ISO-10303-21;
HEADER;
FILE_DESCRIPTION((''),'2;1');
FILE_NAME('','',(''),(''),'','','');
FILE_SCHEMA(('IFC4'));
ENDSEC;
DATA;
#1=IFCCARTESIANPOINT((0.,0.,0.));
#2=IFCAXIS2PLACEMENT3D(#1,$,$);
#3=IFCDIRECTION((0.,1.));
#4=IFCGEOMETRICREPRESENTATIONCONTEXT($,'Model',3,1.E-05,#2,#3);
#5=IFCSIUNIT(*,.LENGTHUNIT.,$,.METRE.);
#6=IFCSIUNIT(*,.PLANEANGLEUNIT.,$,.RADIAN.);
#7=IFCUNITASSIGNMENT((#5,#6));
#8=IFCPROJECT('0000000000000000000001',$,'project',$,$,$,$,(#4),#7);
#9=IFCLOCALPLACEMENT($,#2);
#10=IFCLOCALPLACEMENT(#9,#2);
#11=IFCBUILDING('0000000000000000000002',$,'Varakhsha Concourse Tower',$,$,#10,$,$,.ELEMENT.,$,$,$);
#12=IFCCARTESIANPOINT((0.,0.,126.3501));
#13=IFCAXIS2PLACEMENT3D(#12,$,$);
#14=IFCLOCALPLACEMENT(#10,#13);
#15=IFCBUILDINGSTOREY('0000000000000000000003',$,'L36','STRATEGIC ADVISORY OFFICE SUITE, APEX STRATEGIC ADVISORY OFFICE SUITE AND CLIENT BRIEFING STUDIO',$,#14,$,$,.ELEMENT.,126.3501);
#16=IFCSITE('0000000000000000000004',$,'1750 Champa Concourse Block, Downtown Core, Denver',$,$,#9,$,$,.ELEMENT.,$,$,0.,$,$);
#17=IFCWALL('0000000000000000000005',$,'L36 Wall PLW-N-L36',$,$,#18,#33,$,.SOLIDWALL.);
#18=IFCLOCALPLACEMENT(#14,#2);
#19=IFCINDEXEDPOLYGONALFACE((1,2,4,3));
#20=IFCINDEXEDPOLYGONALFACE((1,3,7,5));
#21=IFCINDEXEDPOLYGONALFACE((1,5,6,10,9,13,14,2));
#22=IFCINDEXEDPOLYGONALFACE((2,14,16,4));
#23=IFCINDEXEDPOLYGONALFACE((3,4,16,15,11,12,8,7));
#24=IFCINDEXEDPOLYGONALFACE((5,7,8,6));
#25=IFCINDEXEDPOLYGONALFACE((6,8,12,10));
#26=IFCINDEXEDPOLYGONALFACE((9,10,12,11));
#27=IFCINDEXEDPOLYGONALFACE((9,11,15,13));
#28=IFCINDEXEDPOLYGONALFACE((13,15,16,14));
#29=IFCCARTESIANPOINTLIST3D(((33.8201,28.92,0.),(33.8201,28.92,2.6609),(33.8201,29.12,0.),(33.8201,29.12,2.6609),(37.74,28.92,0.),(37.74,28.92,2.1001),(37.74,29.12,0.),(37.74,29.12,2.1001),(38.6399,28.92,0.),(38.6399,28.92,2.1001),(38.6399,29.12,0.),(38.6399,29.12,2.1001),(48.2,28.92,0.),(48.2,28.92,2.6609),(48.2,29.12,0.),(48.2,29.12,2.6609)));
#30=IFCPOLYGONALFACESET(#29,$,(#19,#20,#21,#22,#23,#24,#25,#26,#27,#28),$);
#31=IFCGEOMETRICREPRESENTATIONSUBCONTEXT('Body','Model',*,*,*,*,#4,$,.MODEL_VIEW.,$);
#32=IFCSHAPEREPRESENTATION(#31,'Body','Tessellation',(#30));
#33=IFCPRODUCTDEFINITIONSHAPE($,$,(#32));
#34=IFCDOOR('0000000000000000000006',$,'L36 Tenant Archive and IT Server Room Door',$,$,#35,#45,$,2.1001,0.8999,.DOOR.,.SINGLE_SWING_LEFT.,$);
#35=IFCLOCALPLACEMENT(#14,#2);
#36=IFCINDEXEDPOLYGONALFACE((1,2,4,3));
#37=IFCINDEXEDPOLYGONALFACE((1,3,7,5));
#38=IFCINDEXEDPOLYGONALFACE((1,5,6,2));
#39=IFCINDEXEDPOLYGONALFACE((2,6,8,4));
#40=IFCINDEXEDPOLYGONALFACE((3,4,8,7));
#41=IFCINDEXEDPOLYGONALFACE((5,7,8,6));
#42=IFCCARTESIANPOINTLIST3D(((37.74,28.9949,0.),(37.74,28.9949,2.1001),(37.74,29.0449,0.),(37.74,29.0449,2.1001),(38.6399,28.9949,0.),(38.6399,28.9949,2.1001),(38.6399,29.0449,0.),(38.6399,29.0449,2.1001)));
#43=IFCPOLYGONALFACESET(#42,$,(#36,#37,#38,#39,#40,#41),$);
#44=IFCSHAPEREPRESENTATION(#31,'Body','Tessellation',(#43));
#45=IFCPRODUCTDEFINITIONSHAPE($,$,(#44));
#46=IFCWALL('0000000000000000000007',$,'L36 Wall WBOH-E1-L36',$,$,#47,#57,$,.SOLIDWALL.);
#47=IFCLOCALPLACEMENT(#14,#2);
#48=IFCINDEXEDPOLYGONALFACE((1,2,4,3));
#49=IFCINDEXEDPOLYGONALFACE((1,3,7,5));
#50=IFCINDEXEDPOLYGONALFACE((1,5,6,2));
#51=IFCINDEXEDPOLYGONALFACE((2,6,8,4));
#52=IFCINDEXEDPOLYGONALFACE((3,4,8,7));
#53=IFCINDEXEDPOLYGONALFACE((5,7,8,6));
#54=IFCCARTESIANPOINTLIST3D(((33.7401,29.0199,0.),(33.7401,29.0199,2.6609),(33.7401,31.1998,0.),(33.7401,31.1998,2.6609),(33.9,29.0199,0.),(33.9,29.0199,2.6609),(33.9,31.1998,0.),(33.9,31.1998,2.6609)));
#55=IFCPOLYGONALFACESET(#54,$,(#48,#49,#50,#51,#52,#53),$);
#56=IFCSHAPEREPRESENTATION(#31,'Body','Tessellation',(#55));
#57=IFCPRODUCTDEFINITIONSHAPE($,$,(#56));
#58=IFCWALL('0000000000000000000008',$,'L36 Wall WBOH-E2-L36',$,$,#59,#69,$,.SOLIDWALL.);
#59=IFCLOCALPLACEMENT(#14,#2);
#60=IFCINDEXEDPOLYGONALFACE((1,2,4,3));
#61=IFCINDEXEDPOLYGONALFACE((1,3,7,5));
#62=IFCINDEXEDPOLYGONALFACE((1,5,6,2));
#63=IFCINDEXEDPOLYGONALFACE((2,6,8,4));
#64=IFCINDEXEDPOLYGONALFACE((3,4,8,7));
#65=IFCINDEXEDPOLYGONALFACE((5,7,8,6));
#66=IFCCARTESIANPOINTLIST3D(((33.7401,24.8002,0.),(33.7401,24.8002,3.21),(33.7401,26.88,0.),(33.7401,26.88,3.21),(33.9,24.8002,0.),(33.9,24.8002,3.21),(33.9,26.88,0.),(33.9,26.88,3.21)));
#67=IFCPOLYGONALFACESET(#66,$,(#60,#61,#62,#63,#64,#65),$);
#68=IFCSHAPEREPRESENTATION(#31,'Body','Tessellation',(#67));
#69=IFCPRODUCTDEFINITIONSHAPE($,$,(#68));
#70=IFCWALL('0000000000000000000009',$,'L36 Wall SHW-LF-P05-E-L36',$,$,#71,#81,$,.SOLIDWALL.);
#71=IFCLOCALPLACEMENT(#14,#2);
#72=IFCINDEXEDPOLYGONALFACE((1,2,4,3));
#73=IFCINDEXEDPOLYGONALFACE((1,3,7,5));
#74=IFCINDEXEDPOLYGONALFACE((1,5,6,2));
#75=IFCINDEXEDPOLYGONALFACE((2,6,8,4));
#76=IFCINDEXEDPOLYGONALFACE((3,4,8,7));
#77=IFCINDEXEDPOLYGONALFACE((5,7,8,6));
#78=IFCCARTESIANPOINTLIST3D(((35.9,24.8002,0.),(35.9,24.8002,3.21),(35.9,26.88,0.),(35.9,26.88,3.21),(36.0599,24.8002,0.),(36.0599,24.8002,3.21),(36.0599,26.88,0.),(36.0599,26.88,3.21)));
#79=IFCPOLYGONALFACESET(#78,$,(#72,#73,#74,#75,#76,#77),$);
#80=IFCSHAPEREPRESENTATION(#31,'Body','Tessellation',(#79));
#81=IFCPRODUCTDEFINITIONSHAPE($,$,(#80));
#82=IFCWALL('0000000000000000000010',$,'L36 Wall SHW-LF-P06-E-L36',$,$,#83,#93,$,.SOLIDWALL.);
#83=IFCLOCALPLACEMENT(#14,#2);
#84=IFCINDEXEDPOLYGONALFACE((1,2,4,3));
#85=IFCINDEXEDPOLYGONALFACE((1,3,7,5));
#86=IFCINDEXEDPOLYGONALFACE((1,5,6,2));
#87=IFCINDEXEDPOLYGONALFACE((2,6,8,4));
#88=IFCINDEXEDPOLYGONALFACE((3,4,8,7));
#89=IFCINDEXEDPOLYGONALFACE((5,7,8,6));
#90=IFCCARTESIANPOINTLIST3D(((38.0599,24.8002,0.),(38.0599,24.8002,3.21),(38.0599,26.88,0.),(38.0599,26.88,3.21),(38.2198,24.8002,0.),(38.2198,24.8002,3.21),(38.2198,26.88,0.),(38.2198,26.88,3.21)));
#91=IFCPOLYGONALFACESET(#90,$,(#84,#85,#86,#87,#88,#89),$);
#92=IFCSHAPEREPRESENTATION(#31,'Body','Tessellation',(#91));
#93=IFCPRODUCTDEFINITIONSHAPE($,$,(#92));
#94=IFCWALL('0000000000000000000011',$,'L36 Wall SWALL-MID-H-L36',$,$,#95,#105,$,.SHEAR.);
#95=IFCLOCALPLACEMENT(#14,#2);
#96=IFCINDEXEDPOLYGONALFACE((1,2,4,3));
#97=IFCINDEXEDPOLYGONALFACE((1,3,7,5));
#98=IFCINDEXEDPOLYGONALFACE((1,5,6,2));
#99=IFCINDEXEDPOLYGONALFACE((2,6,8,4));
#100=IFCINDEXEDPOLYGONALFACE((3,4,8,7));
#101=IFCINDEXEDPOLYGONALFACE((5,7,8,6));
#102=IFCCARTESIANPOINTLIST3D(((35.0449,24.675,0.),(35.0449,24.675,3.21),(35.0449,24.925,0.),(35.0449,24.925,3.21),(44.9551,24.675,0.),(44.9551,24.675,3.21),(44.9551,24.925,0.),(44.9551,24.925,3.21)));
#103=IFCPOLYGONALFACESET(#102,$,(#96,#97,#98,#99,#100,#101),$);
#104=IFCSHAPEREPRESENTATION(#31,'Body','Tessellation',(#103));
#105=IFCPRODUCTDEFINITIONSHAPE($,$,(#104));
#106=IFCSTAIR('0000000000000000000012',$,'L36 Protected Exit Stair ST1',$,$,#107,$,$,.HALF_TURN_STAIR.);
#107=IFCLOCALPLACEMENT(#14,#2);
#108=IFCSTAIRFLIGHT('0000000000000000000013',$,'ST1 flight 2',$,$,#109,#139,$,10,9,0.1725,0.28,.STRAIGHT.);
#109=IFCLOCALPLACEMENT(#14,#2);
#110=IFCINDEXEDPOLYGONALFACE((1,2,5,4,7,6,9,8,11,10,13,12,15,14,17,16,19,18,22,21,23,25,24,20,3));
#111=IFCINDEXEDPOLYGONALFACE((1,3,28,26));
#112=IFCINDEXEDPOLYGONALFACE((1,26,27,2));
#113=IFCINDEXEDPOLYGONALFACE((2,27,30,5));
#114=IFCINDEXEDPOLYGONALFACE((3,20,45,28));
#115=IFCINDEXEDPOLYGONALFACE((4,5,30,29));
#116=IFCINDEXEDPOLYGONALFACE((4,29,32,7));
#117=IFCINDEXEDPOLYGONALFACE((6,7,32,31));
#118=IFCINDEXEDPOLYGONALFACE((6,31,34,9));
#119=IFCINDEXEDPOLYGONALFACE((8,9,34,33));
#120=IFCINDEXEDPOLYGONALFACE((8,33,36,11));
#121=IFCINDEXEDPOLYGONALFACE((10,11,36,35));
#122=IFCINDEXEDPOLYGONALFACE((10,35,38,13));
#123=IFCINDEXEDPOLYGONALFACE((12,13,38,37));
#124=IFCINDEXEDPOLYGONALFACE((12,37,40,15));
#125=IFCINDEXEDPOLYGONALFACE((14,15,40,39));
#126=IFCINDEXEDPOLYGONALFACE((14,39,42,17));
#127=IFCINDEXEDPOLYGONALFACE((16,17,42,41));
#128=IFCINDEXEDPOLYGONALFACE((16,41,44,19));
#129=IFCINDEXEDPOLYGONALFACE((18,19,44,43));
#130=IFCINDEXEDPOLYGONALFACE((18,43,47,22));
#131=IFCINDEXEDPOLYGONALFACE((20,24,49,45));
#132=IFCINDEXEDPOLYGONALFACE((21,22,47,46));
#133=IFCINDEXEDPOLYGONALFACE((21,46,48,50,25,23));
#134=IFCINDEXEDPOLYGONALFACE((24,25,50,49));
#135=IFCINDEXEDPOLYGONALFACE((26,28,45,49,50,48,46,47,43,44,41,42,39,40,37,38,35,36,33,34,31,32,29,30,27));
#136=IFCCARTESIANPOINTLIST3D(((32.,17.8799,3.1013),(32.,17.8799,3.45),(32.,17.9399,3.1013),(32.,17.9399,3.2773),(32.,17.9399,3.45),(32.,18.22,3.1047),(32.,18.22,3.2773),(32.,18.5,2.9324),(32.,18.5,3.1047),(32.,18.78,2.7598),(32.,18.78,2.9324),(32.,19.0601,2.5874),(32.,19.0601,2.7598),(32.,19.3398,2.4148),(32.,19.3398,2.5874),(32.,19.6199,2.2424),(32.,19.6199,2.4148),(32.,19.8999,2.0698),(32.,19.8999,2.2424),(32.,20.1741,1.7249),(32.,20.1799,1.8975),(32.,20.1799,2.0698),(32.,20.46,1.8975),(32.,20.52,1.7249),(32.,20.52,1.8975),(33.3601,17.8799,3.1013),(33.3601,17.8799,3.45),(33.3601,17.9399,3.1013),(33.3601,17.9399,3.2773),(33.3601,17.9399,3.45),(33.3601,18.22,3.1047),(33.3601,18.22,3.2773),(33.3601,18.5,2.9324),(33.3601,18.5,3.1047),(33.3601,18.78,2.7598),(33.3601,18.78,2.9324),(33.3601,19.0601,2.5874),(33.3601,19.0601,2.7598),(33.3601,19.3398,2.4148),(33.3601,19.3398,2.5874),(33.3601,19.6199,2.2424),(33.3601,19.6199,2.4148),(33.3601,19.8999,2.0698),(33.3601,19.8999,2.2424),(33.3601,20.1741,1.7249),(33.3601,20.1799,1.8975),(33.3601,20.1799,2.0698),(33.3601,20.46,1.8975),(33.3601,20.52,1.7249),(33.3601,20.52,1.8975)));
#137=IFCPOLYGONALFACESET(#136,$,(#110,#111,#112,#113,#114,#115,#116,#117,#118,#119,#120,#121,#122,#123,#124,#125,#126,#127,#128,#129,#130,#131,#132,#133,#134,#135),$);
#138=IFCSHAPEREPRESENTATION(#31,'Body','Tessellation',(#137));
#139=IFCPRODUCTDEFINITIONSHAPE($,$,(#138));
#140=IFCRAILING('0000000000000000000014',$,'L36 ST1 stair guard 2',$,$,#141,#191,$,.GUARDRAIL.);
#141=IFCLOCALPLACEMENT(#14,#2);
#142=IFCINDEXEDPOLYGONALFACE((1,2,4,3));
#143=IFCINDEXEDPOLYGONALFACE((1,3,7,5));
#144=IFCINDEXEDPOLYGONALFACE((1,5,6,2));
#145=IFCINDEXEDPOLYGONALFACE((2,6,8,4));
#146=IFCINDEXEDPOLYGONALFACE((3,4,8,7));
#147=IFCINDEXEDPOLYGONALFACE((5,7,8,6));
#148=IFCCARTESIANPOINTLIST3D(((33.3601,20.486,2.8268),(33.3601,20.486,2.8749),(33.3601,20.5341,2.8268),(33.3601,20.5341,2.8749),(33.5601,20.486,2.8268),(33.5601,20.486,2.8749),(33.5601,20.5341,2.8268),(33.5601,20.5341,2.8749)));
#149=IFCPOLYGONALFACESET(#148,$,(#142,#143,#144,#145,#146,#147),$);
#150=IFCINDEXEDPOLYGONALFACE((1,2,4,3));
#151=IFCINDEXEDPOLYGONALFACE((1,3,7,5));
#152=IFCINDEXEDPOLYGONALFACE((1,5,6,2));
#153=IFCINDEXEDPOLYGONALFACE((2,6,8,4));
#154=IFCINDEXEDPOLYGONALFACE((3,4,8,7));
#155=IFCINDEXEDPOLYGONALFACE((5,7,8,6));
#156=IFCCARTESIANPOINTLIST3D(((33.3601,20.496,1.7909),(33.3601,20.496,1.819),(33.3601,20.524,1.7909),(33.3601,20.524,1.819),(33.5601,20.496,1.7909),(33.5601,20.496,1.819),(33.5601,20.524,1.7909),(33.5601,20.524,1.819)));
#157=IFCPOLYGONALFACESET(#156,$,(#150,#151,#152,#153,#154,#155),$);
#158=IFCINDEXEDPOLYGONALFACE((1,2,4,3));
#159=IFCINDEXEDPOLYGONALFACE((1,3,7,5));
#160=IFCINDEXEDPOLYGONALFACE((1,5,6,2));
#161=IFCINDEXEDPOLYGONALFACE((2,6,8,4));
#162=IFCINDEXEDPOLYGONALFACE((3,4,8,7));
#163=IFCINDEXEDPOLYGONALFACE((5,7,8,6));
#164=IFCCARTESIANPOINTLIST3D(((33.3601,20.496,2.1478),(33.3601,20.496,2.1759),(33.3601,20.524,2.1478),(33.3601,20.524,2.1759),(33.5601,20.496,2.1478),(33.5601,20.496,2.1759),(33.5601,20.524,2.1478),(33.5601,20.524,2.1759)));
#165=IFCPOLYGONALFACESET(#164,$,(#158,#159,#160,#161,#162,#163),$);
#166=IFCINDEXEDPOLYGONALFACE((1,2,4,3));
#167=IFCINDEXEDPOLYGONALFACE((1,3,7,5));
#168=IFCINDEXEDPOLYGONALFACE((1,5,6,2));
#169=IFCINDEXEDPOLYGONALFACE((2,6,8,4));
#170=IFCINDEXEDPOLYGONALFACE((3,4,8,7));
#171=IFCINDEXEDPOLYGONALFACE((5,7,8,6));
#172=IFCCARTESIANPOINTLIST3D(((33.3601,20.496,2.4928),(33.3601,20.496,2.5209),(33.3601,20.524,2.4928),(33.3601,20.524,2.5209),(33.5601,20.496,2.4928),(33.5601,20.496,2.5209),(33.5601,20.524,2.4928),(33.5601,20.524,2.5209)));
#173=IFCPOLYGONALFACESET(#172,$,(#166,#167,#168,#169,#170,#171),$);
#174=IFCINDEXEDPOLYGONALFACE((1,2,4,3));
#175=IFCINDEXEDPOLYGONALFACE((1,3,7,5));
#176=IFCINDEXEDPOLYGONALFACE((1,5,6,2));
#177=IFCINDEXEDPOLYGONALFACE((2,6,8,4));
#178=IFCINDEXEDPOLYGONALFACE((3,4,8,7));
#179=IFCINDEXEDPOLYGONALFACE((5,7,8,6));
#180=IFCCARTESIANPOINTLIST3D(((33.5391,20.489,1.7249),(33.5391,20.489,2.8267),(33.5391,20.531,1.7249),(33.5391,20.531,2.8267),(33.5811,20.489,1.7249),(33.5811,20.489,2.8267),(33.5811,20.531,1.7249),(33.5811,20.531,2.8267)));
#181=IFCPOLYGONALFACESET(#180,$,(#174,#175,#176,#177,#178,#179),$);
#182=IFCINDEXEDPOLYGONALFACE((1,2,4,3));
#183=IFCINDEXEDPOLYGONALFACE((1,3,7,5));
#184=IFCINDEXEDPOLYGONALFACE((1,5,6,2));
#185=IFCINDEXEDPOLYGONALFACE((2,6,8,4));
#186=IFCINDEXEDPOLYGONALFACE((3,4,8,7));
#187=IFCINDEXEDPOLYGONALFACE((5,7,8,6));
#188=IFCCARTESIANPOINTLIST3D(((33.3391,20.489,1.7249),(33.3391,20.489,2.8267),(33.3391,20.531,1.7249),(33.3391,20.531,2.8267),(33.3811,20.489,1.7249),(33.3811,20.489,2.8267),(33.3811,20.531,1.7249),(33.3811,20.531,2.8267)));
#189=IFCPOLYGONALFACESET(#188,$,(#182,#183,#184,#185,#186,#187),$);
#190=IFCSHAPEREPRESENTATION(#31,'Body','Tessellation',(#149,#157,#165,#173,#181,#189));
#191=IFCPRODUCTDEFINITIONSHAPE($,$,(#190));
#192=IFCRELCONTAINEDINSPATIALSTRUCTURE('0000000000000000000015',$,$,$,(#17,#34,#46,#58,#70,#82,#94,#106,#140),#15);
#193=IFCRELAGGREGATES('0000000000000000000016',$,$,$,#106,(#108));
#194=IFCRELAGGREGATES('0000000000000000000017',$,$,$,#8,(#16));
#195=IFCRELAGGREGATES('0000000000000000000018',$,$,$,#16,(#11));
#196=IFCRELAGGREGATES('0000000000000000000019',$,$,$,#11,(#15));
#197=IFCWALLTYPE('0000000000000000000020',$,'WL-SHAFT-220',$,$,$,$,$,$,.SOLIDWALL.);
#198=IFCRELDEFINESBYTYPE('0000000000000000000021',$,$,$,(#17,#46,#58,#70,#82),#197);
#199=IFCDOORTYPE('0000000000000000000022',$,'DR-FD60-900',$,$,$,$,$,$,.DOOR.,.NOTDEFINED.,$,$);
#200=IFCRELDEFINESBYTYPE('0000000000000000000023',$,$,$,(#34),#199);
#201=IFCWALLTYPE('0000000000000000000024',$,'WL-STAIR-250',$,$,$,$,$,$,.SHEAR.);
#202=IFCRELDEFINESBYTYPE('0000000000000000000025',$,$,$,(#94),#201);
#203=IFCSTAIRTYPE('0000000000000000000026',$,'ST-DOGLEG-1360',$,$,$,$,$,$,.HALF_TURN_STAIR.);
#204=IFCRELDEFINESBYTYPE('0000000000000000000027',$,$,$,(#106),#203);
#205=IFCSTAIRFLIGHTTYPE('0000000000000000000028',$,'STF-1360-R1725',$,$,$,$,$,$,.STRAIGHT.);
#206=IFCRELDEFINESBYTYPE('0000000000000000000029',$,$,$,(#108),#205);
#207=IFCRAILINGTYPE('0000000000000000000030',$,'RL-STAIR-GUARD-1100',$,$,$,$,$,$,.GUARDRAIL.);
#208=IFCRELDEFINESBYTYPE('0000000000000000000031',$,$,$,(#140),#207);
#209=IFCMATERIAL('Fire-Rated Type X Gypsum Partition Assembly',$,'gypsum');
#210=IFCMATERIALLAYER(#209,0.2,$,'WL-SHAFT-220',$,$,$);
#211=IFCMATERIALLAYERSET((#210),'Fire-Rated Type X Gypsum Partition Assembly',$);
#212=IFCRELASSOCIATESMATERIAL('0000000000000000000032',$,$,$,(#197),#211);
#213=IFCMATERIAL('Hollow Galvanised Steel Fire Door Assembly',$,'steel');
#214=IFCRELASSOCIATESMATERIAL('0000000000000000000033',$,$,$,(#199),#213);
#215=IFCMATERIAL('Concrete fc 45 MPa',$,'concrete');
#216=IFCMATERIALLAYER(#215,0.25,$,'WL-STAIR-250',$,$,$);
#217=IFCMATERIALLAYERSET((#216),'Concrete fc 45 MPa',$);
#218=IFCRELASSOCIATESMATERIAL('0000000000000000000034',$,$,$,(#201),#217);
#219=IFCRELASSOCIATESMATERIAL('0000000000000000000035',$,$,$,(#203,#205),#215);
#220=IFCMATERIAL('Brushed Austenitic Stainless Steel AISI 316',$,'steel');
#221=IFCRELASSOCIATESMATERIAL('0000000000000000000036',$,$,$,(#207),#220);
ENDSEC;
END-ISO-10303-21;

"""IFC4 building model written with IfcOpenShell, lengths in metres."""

from ifc_helpers import new_model, si_unit, direction, frame, frame_2d, origin, origin_2d, place, context, subcontext, project, spatial, polyline, rectangle, outline, extrude, material, layer, layer_set, type_object, element, fill, aggregate, save


model = new_model("IFC4")

# Units and contexts
model_context = context("Model", 3, precision=1e-05, world=origin(), true_north=direction((0.0, 1.0)))
body_context = subcontext(model_context, "Body", "Model", "MODEL_VIEW")
ifc_project = project(units=[si_unit("LENGTHUNIT", "METRE"), si_unit("PLANEANGLEUNIT", "RADIAN")], contexts=[model_context])

# Site, building, storey
site_placement = place(None, origin())
site = spatial("IfcSite", under=ifc_project, at=site_placement, Name="1750 Champa Concourse Block, Downtown Core, Denver", CompositionType="ELEMENT", RefElevation=0.0)
building_placement = place(site_placement, origin())
building = spatial("IfcBuilding", under=site, at=building_placement, Name="Varakhsha Concourse Tower", CompositionType="ELEMENT")
storey_placement = place(building_placement, frame((0.0, 0.0, 126.3501)))
storey = spatial("IfcBuildingStorey", under=building, at=storey_placement, Name="L36", Description="STRATEGIC ADVISORY OFFICE SUITE, APEX STRATEGIC ADVISORY OFFICE SUITE AND CLIENT BRIEFING STUDIO", CompositionType="ELEMENT", Elevation=126.3501)

# Shared definitions
ifc_material_1 = material(Name="Fire-Rated Type X Gypsum Partition Assembly", Category="gypsum")
ifc_material_2 = material(Name="Hollow Galvanised Steel Fire Door Assembly", Category="steel")
ifc_layer_1 = layer(ifc_material_1, 0.2, Name="WL-SHAFT-220")
ifc_layer_set_1 = layer_set([ifc_layer_1], Name="Fire-Rated Type X Gypsum Partition Assembly")
wall_type_1 = type_object("IfcWallType", Name="WL-SHAFT-220", PredefinedType="SOLIDWALL", material=ifc_layer_set_1)
ifc_material_3 = material(Name="Brushed Austenitic Stainless Steel AISI 316", Category="steel")

# Wall, opening, door
wall_1_placement = place(storey_placement, frame((33.8201, 29.02, 0.0), z_axis=(0.0, 0.0, 1.0), x_axis=(1.0, 0.0, 0.0)))
wall_1 = element("IfcWall", 1, at=wall_1_placement, inside=storey, type_object=wall_type_1, Name="L36 Wall PLW-N-L36", PredefinedType="SOLIDWALL", context=body_context, shape_type="SweptSolid", body=[
    extrude(rectangle(XDim=14.3799, YDim=0.2, at=frame_2d((7.1899, 0.0))), origin(), (0.0, 0.0, 1.0), 2.6609),
])
opening_1_placement = place(wall_1_placement, frame((3.9199, 0.0, 0.0)))
opening_1 = element("IfcOpeningElement", 2, at=opening_1_placement, cuts=wall_1, PredefinedType="OPENING", context=body_context, shape_type="SweptSolid", body=[
    extrude(rectangle(XDim=0.8999, YDim=2.1001, at=frame_2d((0.45, 1.05))), frame((0.0, 0.1099, 0.0), z_axis=(0.0, -1.0, 0.0), x_axis=(1.0, 0.0, 0.0)), (0.0, 0.0, 1.0), 0.22),
])
door_type_1 = type_object("IfcDoorType", Name="DR-FD60-900", OperationType="NOTDEFINED", PredefinedType="DOOR", material=ifc_material_2)
door_1_placement = place(opening_1_placement, origin())
door_1 = element("IfcDoor", 3, at=door_1_placement, inside=storey, type_object=door_type_1, Name="L36 Tenant Archive and IT Server Room Door", OperationType="SINGLE_SWING_LEFT", OverallHeight=2.1001, OverallWidth=0.8999, PredefinedType="DOOR", context=body_context, shape_type="SweptSolid", body=[
    extrude(rectangle(XDim=0.8999, YDim=2.1001, at=frame_2d((0.45, 1.05))), frame((0.0, 0.0249, 0.0), z_axis=(0.0, -1.0, 0.0), x_axis=(1.0, 0.0, 0.0)), (0.0, 0.0, 1.0), 0.05),
])
fill(opening_1, door_1)

# Walls
wall_2_placement = place(storey_placement, frame((33.8201, 29.02, 0.0), z_axis=(0.0, 0.0, 1.0), x_axis=(0.0, 1.0, 0.0)))
element("IfcWall", 4, at=wall_2_placement, inside=storey, type_object=wall_type_1, Name="L36 Wall WBOH-E1-L36", PredefinedType="SOLIDWALL", context=body_context, shape_type="SweptSolid", body=[
    extrude(rectangle(XDim=2.1799, YDim=0.1599, at=frame_2d((1.0898, 0.0))), origin(), (0.0, 0.0, 1.0), 2.6609),
])
for number, where, z_axis, x_axis, name in (
    (5, (33.8201, 24.8, 0.0), (0.0, 0.0, 1.0), (0.0, 1.0, 0.0), "L36 Wall WBOH-E2-L36"),
    (6, (35.98, 24.8, 0.0), (0.0, 0.0, 1.0), (0.0, 1.0, 0.0), "L36 Wall SHW-LF-P05-E-L36"),
    (7, (38.1399, 24.8, 0.0), (0.0, 0.0, 1.0), (0.0, 1.0, 0.0), "L36 Wall SHW-LF-P06-E-L36"),
):
    element("IfcWall", number, at=place(storey_placement, frame(where, z_axis=z_axis, x_axis=x_axis)), inside=storey, type_object=wall_type_1, Name=name, PredefinedType="SOLIDWALL", context=body_context, shape_type="SweptSolid", body=[
        extrude(rectangle(XDim=2.0798, YDim=0.1599, at=frame_2d((1.04, 0.0))), origin(), (0.0, 0.0, 1.0), 3.21),
    ])
ifc_material_4 = material(Name="Concrete fc 45 MPa", Category="concrete")
ifc_layer_2 = layer(ifc_material_4, 0.25, Name="WL-STAIR-250")
ifc_layer_set_2 = layer_set([ifc_layer_2], Name="Concrete fc 45 MPa")
wall_type_2 = type_object("IfcWallType", Name="WL-STAIR-250", PredefinedType="SHEAR", material=ifc_layer_set_2)
wall_3_placement = place(storey_placement, frame((35.0449, 24.8, 0.0), z_axis=(0.0, 0.0, 1.0), x_axis=(1.0, 0.0, 0.0)))
element("IfcWall", 8, at=wall_3_placement, inside=storey, type_object=wall_type_2, Name="L36 Wall SWALL-MID-H-L36", PredefinedType="SHEAR", context=body_context, shape_type="SweptSolid", body=[
    extrude(rectangle(XDim=9.9102, YDim=0.25, at=frame_2d((4.9551, 0.0))), origin(), (0.0, 0.0, 1.0), 3.21),
])

# Stair, stair flight
stair_type = type_object("IfcStairType", Name="ST-DOGLEG-1360", PredefinedType="HALF_TURN_STAIR", material=ifc_material_4)
stair_placement = place(storey_placement, origin())
stair = element("IfcStair", 9, at=stair_placement, inside=storey, type_object=stair_type, Name="L36 Protected Exit Stair ST1", PredefinedType="HALF_TURN_STAIR")
stair_flight_type = type_object("IfcStairFlightType", Name="STF-1360-R1725", PredefinedType="STRAIGHT", material=ifc_material_4)
stair_flight_placement = place(storey_placement, frame((32.6799, 20.46, 1.7249), z_axis=(0.0, 0.0, 1.0), x_axis=(0.0, -1.0, 0.0)))
stair_flight = element("IfcStairFlight", 10, at=stair_flight_placement, type_object=stair_flight_type, Name="ST1 flight 2", NumberOfRisers=10, NumberOfTreads=9, PredefinedType="STRAIGHT", RiserHeight=0.1725, TreadLength=0.28, context=body_context, shape_type="SweptSolid", body=[
    extrude(outline(polyline([(-0.0601, 0.0), (-0.0601, 0.1726), (0.0, 0.1726), (0.28, 0.1726), (0.28, 0.345), (0.5601, 0.345), (0.5601, 0.5176), (0.8401, 0.5176), (0.8401, 0.6899), (1.1201, 0.6899), (1.1201, 0.8625), (1.3999, 0.8625), (1.3999, 1.0349), (1.6799, 1.0349), (1.6799, 1.2075), (1.96, 1.2075), (1.96, 1.3799), (2.24, 1.3799), (2.24, 1.5525), (2.52, 1.5525), (2.52, 1.7251), (2.5801, 1.7251), (2.5801, 1.3765), (2.52, 1.3765), (0.2859, 0.0), (-0.0601, 0.0)])), frame((0.0, 0.6802, 0.0), z_axis=(0.0, -1.0, 0.0), x_axis=(1.0, 0.0, 0.0)), (0.0, 0.0, 1.0), 1.3601),
])
aggregate(stair, [stair_flight])

# Railing
railing_type = type_object("IfcRailingType", Name="RL-STAIR-GUARD-1100", PredefinedType="GUARDRAIL", material=ifc_material_3)
railing_1_placement = place(storey_placement, frame((33.5601, 20.51, 1.7249)))
element("IfcRailing", 11, at=railing_1_placement, inside=storey, type_object=railing_type, Name="L36 ST1 stair guard 2", PredefinedType="GUARDRAIL", context=body_context, shape_type="SweptSolid", body=[
    extrude(rectangle(XDim=0.0481, YDim=0.0481, at=origin_2d()), frame((0.0, 0.0, 1.126), z_axis=(-1.0, 0.0, 0.0), x_axis=(0.0, -1.0, 0.0)), (0.0, 0.0, 1.0), 0.2),
    extrude(rectangle(XDim=0.0281, YDim=0.0281, at=origin_2d()), frame((0.0, 0.0, 0.0801), z_axis=(-1.0, 0.0, 0.0), x_axis=(0.0, -1.0, 0.0)), (0.0, 0.0, 1.0), 0.2),
    extrude(rectangle(XDim=0.0281, YDim=0.0281, at=origin_2d()), frame((0.0, 0.0, 0.437), z_axis=(-1.0, 0.0, 0.0), x_axis=(0.0, -1.0, 0.0)), (0.0, 0.0, 1.0), 0.2),
    extrude(rectangle(XDim=0.0281, YDim=0.0281, at=origin_2d()), frame((0.0, 0.0, 0.782), z_axis=(-1.0, 0.0, 0.0), x_axis=(0.0, -1.0, 0.0)), (0.0, 0.0, 1.0), 0.2),
    extrude(rectangle(XDim=0.042, YDim=0.042, at=origin_2d()), origin(), (0.0, 0.0, 1.0), 1.1018),
    extrude(rectangle(XDim=0.042, YDim=0.042, at=origin_2d()), frame((-0.2, 0.0, 0.0)), (0.0, 0.0, 1.0), 1.1018),
])

save(model, "model.ifc")
